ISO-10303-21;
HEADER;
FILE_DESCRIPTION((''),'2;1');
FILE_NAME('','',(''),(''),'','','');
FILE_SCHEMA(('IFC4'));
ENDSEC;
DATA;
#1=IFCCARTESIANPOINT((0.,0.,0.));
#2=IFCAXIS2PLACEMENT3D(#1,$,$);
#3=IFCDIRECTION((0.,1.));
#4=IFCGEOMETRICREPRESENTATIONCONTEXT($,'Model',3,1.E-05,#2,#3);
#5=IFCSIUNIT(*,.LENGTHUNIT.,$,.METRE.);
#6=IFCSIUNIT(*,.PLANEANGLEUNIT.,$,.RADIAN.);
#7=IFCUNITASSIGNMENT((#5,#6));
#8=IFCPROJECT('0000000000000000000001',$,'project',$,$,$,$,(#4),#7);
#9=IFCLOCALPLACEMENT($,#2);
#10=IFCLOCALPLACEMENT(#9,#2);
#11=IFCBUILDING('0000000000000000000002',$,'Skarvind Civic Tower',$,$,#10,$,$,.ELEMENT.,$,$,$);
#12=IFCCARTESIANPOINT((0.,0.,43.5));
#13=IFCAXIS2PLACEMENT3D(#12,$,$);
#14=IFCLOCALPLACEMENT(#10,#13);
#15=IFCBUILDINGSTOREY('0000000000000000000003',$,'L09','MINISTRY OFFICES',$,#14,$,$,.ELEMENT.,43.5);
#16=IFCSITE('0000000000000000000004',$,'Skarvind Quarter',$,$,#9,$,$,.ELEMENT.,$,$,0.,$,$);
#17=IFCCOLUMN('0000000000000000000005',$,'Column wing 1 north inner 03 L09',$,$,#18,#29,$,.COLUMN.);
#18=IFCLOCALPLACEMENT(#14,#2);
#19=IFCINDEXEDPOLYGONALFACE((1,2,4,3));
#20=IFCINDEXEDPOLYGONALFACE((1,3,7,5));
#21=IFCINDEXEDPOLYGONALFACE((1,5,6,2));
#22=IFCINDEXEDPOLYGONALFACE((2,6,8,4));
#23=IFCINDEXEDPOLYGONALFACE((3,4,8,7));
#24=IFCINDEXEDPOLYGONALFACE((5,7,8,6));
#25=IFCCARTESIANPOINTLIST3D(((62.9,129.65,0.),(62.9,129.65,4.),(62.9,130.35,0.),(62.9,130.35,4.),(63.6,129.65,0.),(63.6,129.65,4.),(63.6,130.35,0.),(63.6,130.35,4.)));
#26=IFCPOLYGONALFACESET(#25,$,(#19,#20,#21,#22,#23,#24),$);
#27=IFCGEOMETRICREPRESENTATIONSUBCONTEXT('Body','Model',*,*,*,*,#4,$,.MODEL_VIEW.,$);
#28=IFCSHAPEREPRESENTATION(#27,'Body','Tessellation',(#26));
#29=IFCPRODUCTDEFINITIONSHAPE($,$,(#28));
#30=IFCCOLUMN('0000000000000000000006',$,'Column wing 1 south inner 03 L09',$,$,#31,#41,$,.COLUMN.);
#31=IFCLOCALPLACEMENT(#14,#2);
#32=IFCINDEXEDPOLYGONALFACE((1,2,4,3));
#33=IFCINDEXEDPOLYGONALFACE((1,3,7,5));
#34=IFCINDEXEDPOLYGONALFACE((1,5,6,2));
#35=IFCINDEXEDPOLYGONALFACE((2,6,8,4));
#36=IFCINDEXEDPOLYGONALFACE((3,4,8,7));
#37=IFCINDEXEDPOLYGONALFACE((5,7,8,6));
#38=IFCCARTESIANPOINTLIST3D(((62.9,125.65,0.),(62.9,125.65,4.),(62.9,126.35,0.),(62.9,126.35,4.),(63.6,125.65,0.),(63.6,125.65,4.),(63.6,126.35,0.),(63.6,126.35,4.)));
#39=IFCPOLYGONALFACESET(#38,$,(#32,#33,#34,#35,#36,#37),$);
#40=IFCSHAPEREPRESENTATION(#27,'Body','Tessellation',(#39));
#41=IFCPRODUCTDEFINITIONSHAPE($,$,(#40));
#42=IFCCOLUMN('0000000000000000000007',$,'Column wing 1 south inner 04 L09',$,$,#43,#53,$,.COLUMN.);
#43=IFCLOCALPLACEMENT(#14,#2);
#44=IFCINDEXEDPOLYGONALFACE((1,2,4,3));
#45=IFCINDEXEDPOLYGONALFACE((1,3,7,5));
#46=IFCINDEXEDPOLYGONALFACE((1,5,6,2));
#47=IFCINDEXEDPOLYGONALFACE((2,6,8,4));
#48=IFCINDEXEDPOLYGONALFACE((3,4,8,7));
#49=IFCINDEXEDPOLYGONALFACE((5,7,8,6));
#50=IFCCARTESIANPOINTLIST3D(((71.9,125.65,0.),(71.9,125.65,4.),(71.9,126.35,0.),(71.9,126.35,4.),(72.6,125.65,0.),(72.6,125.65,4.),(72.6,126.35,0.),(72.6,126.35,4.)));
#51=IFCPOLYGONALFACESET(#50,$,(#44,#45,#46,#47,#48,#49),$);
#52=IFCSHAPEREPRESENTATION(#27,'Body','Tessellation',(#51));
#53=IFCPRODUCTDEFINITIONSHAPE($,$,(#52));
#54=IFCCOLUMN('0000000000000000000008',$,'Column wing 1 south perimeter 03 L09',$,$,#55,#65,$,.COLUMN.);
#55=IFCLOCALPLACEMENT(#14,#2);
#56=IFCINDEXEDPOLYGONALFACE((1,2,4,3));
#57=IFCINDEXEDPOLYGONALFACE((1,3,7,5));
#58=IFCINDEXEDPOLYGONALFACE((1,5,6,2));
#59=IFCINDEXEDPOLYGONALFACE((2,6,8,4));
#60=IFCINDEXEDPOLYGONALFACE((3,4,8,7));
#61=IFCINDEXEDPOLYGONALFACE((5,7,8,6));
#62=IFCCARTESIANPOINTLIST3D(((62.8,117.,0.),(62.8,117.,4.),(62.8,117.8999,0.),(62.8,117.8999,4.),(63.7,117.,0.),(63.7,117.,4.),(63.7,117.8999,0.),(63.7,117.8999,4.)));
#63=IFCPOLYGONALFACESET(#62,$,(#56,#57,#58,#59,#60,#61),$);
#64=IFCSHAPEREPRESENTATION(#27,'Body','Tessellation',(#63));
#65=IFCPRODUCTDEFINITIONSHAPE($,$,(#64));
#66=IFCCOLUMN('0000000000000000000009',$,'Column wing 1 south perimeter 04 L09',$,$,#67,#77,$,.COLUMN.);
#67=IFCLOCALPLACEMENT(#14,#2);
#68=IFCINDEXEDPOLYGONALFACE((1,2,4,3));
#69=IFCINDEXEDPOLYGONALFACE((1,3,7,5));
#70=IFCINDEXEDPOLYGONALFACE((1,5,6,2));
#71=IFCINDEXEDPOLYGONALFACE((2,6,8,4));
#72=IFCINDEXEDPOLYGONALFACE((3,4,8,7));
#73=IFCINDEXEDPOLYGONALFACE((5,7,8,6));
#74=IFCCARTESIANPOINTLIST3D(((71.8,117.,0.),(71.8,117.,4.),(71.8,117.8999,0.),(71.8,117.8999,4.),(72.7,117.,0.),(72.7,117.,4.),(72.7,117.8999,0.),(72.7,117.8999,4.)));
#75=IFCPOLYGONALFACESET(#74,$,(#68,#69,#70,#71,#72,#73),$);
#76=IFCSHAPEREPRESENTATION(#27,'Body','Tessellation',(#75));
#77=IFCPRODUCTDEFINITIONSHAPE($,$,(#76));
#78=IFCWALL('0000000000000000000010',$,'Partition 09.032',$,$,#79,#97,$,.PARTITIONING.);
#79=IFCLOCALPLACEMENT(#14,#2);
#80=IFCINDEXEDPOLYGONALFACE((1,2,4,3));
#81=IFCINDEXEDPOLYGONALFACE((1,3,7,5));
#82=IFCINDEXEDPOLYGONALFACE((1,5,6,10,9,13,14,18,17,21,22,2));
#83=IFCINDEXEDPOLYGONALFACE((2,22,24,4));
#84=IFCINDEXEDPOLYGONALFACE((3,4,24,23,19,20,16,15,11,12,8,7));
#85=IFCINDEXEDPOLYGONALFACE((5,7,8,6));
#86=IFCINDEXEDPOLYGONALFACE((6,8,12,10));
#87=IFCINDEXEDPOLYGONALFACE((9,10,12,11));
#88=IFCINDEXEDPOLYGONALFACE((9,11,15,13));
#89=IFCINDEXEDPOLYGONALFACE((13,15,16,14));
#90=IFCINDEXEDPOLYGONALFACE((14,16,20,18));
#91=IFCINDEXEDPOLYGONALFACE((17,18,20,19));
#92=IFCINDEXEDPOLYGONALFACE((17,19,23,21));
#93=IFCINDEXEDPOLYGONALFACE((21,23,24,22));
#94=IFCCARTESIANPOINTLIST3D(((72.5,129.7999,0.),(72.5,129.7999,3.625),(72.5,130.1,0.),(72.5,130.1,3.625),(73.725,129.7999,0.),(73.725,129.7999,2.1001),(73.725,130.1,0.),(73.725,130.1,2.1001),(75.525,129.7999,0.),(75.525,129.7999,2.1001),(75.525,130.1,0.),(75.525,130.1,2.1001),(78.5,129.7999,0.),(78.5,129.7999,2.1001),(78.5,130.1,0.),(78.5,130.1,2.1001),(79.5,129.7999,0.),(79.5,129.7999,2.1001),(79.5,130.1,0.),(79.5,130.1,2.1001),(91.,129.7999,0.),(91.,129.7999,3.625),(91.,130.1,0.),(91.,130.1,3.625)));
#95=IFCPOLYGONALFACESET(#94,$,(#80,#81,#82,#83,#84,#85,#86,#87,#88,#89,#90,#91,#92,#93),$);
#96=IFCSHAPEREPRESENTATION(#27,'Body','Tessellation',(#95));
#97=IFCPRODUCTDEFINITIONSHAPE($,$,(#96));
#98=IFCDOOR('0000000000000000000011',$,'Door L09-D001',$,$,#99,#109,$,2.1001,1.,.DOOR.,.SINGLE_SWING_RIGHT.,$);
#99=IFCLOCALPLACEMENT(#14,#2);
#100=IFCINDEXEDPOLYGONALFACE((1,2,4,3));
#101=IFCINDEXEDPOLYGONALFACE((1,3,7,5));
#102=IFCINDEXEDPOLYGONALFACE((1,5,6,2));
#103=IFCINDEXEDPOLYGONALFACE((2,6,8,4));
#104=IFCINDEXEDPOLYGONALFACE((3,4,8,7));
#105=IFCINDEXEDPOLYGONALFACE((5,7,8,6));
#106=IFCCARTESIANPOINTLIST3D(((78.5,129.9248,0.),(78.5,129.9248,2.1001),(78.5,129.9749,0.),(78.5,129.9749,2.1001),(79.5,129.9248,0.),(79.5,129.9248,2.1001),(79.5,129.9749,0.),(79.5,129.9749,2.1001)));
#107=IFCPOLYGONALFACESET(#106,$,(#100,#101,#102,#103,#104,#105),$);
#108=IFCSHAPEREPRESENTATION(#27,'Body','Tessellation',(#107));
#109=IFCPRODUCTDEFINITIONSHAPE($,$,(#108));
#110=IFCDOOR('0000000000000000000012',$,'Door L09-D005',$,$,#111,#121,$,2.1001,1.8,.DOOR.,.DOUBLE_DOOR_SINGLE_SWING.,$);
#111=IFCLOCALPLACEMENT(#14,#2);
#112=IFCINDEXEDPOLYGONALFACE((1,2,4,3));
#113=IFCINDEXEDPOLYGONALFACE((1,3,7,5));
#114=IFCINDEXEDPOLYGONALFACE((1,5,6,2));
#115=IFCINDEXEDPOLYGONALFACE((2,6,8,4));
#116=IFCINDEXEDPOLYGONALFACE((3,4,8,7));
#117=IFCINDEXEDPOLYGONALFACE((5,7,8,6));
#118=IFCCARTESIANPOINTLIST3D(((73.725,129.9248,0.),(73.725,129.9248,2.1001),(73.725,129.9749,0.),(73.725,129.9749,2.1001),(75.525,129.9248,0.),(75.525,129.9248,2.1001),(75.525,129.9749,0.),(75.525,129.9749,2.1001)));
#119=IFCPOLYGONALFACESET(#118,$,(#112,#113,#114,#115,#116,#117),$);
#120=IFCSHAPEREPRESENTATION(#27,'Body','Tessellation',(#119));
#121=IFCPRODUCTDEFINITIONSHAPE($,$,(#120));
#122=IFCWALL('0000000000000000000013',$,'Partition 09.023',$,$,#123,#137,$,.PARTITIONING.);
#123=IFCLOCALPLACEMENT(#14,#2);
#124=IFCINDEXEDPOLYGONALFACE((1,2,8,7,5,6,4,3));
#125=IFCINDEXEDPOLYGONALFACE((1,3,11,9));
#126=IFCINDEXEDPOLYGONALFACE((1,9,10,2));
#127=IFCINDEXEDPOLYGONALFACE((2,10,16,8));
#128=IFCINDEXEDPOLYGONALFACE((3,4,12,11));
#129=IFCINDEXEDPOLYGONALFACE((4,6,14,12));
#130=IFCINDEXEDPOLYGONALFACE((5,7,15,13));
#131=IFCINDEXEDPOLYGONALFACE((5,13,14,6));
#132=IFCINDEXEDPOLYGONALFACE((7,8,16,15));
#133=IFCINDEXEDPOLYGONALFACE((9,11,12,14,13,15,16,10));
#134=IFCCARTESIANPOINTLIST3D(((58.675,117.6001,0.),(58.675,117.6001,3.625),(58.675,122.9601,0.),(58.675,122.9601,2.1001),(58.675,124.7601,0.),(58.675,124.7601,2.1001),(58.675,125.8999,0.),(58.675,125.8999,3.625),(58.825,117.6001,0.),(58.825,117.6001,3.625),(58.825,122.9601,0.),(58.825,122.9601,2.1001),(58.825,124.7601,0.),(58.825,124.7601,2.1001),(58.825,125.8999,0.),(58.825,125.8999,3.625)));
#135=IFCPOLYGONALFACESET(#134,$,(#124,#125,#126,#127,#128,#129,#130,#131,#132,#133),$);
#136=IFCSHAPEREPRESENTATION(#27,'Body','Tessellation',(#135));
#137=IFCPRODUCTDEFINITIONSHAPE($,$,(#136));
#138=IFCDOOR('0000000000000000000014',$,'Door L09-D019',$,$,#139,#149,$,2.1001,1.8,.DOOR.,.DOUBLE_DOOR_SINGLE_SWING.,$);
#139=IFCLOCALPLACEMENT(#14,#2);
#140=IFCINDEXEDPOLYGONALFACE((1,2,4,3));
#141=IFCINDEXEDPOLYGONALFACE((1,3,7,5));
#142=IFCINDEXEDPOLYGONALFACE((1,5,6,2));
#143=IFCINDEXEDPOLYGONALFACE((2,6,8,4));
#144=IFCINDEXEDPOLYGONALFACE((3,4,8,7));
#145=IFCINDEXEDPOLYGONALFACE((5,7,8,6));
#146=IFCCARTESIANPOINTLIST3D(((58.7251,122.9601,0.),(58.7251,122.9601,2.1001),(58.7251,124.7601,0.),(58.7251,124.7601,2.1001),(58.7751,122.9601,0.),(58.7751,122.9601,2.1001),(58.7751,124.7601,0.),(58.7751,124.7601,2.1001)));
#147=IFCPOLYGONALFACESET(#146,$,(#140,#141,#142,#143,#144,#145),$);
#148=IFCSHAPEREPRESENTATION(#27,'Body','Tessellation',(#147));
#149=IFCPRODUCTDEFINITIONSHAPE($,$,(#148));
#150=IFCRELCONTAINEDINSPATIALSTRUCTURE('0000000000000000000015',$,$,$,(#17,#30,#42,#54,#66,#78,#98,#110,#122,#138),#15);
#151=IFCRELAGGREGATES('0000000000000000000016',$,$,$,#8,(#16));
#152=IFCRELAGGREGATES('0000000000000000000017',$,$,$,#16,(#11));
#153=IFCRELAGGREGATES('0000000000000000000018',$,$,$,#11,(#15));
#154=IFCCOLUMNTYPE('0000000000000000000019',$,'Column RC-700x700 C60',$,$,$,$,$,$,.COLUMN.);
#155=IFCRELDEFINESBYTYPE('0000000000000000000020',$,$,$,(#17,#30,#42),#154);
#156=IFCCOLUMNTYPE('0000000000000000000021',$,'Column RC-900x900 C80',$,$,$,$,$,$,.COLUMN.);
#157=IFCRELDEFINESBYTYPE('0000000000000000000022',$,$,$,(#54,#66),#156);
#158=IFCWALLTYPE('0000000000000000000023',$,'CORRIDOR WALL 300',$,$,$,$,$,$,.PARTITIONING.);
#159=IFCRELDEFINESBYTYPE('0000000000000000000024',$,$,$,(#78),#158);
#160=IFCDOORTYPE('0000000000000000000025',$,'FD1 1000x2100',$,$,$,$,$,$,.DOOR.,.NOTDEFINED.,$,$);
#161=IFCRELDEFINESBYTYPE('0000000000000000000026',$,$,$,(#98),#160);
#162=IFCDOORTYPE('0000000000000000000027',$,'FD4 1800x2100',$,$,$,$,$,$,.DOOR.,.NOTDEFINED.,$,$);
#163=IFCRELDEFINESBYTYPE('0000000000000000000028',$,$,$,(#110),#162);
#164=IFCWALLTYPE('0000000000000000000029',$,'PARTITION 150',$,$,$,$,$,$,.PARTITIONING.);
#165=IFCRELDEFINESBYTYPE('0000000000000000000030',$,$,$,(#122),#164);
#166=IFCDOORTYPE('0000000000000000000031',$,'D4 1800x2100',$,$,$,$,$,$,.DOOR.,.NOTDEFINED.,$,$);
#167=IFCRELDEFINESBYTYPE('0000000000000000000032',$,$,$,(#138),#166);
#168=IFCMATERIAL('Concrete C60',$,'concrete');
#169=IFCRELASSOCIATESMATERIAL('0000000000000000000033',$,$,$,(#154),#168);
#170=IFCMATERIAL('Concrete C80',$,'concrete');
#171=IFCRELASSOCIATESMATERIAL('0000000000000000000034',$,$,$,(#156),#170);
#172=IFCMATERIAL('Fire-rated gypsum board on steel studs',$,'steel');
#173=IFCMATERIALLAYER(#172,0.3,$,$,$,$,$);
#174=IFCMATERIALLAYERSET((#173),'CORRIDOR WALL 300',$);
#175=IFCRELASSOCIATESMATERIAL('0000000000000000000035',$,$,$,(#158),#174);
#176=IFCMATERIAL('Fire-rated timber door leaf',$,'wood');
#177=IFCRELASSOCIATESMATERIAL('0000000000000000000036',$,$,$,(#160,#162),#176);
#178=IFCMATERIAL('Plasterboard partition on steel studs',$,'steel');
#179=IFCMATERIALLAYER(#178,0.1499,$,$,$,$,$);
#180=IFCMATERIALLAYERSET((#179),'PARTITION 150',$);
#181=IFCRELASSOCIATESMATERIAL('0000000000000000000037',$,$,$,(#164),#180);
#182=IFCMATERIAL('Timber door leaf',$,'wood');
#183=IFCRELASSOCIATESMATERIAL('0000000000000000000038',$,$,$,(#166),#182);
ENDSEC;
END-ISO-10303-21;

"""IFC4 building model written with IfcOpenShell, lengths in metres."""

from ifc_helpers import new_model, si_unit, direction, frame, frame_2d, origin, origin_2d, place, context, subcontext, project, spatial, rectangle, extrude, material, layer, layer_set, material_profile, profile_set, type_object, element, fill, save


model = new_model("IFC4")

# Units and contexts
model_context = context("Model", 3, precision=1e-05, world=origin(), true_north=direction((0.0, 1.0)))
body_context = subcontext(model_context, "Body", "Model", "MODEL_VIEW")
ifc_project = project(units=[si_unit("LENGTHUNIT", "METRE"), si_unit("PLANEANGLEUNIT", "RADIAN")], contexts=[model_context])

# Site, building, storey
site_placement = place(None, origin())
site = spatial("IfcSite", under=ifc_project, at=site_placement, Name="Skarvind Quarter", CompositionType="ELEMENT", RefElevation=0.0)
building_placement = place(site_placement, origin())
building = spatial("IfcBuilding", under=site, at=building_placement, Name="Skarvind Civic Tower", CompositionType="ELEMENT")
storey_placement = place(building_placement, frame((0.0, 0.0, 43.5)))
storey = spatial("IfcBuildingStorey", under=building, at=storey_placement, Name="L09", Description="MINISTRY OFFICES", CompositionType="ELEMENT", Elevation=43.5)

# Columns
ifc_material_1 = material(Name="Concrete C60", Category="concrete")
ifc_material_profile_1 = material_profile(ifc_material_1, rectangle(XDim=0.7, YDim=0.7, at=origin_2d()), Name="RC-700x700")
ifc_profile_set_1 = profile_set([ifc_material_profile_1], Name="Concrete C60")
column_type_1 = type_object("IfcColumnType", Name="Column RC-700x700 C60", PredefinedType="COLUMN", material=ifc_profile_set_1)
for number, where, z_axis, x_axis, name in (
    (1, (63.25, 130.0, 0.0), (0.0, 0.0, 1.0), (1.0, 0.0, 0.0), "Column wing 1 north inner 03 L09"),
    (2, (63.25, 126.0, 0.0), (0.0, 0.0, 1.0), (1.0, 0.0, 0.0), "Column wing 1 south inner 03 L09"),
    (3, (72.25, 126.0, 0.0), (0.0, 0.0, 1.0), (1.0, 0.0, 0.0), "Column wing 1 south inner 04 L09"),
):
    element("IfcColumn", number, at=place(storey_placement, frame(where, z_axis=z_axis, x_axis=x_axis)), inside=storey, type_object=column_type_1, Name=name, PredefinedType="COLUMN", context=body_context, shape_type="SweptSolid", body=[
        extrude(rectangle(XDim=0.7, YDim=0.7, at=origin_2d()), origin(), (0.0, 0.0, 1.0), 4.0),
    ])
ifc_material_2 = material(Name="Concrete C80", Category="concrete")
ifc_material_profile_2 = material_profile(ifc_material_2, rectangle(XDim=0.8999, YDim=0.8999, at=origin_2d()), Name="RC-900x900")
ifc_profile_set_2 = profile_set([ifc_material_profile_2], Name="Concrete C80")
column_type_2 = type_object("IfcColumnType", Name="Column RC-900x900 C80", PredefinedType="COLUMN", material=ifc_profile_set_2)
for number, where, z_axis, x_axis, name in (
    (4, (63.25, 117.45, 0.0), (0.0, 0.0, 1.0), (1.0, 0.0, 0.0), "Column wing 1 south perimeter 03 L09"),
    (5, (72.25, 117.45, 0.0), (0.0, 0.0, 1.0), (1.0, 0.0, 0.0), "Column wing 1 south perimeter 04 L09"),
):
    element("IfcColumn", number, at=place(storey_placement, frame(where, z_axis=z_axis, x_axis=x_axis)), inside=storey, type_object=column_type_2, Name=name, PredefinedType="COLUMN", context=body_context, shape_type="SweptSolid", body=[
        extrude(rectangle(XDim=0.8999, YDim=0.8999, at=origin_2d()), origin(), (0.0, 0.0, 1.0), 4.0),
    ])

# Wall, openings, doors
ifc_material_3 = material(Name="Fire-rated gypsum board on steel studs", Category="steel")
ifc_layer_1 = layer(ifc_material_3, 0.3)
ifc_layer_set_1 = layer_set([ifc_layer_1], Name="CORRIDOR WALL 300")
wall_type_1 = type_object("IfcWallType", Name="CORRIDOR WALL 300", PredefinedType="PARTITIONING", material=ifc_layer_set_1)
wall_1_placement = place(storey_placement, frame((72.5, 129.95, 0.0), z_axis=(0.0, 0.0, 1.0), x_axis=(1.0, 0.0, 0.0)))
wall_1 = element("IfcWall", 6, at=wall_1_placement, inside=storey, type_object=wall_type_1, Name="Partition 09.032", PredefinedType="PARTITIONING", context=body_context, shape_type="SweptSolid", body=[
    extrude(rectangle(XDim=18.5, YDim=0.3, at=frame_2d((9.25, 0.0))), origin(), (0.0, 0.0, 1.0), 3.625),
])
opening_1_placement = place(wall_1_placement, frame((6.0, 0.0, 0.0)))
opening_1 = element("IfcOpeningElement", 7, at=opening_1_placement, cuts=wall_1, PredefinedType="OPENING", context=body_context, shape_type="SweptSolid", body=[
    extrude(rectangle(XDim=1.0, YDim=2.1001, at=frame_2d((0.5, 1.05))), frame((0.0, 0.1599, 0.0), z_axis=(0.0, -1.0, 0.0), x_axis=(1.0, 0.0, 0.0)), (0.0, 0.0, 1.0), 0.3201),
])
opening_2_placement = place(wall_1_placement, frame((1.2251, 0.0, 0.0)))
opening_2 = element("IfcOpeningElement", 8, at=opening_2_placement, cuts=wall_1, PredefinedType="OPENING", context=body_context, shape_type="SweptSolid", body=[
    extrude(rectangle(XDim=1.8, YDim=2.1001, at=frame_2d((0.8999, 1.05))), frame((0.0, 0.1599, 0.0), z_axis=(0.0, -1.0, 0.0), x_axis=(1.0, 0.0, 0.0)), (0.0, 0.0, 1.0), 0.3201),
])
ifc_material_4 = material(Name="Fire-rated timber door leaf", Category="wood")
door_type_1 = type_object("IfcDoorType", Name="FD1 1000x2100", OperationType="NOTDEFINED", PredefinedType="DOOR", material=ifc_material_4)
door_1_placement = place(opening_1_placement, origin())
door_1 = element("IfcDoor", 9, at=door_1_placement, inside=storey, type_object=door_type_1, Name="Door L09-D001", OperationType="SINGLE_SWING_RIGHT", OverallHeight=2.1001, OverallWidth=1.0, PredefinedType="DOOR", context=body_context, shape_type="SweptSolid", body=[
    extrude(rectangle(XDim=1.0, YDim=2.1001, at=frame_2d((0.5, 1.05))), frame((0.0, 0.0249, 0.0), z_axis=(0.0, -1.0, 0.0), x_axis=(1.0, 0.0, 0.0)), (0.0, 0.0, 1.0), 0.05),
])
fill(opening_1, door_1)
door_type_2 = type_object("IfcDoorType", Name="FD4 1800x2100", OperationType="NOTDEFINED", PredefinedType="DOOR", material=ifc_material_4)
door_2_placement = place(opening_2_placement, origin())
door_2 = element("IfcDoor", 10, at=door_2_placement, inside=storey, type_object=door_type_2, Name="Door L09-D005", OperationType="DOUBLE_DOOR_SINGLE_SWING", OverallHeight=2.1001, OverallWidth=1.8, PredefinedType="DOOR", context=body_context, shape_type="SweptSolid", body=[
    extrude(rectangle(XDim=1.8, YDim=2.1001, at=frame_2d((0.8999, 1.05))), frame((0.0, 0.0249, 0.0), z_axis=(0.0, -1.0, 0.0), x_axis=(1.0, 0.0, 0.0)), (0.0, 0.0, 1.0), 0.05),
])
fill(opening_2, door_2)

# Wall, opening, door
ifc_material_5 = material(Name="Plasterboard partition on steel studs", Category="steel")
ifc_layer_2 = layer(ifc_material_5, 0.1499)
ifc_layer_set_2 = layer_set([ifc_layer_2], Name="PARTITION 150")
wall_type_2 = type_object("IfcWallType", Name="PARTITION 150", PredefinedType="PARTITIONING", material=ifc_layer_set_2)
wall_2_placement = place(storey_placement, frame((58.75, 117.6001, 0.0), z_axis=(0.0, 0.0, 1.0), x_axis=(0.0, 1.0, 0.0)))
wall_2 = element("IfcWall", 11, at=wall_2_placement, inside=storey, type_object=wall_type_2, Name="Partition 09.023", PredefinedType="PARTITIONING", context=body_context, shape_type="SweptSolid", body=[
    extrude(rectangle(XDim=8.2998, YDim=0.1499, at=frame_2d((4.1499, 0.0))), origin(), (0.0, 0.0, 1.0), 3.625),
])
opening_3_placement = place(wall_2_placement, frame((5.3601, 0.0, 0.0)))
opening_3 = element("IfcOpeningElement", 12, at=opening_3_placement, cuts=wall_2, PredefinedType="OPENING", context=body_context, shape_type="SweptSolid", body=[
    extrude(rectangle(XDim=1.8, YDim=2.1001, at=frame_2d((0.8999, 1.05))), frame((0.0, 0.085, 0.0), z_axis=(0.0, -1.0, 0.0), x_axis=(1.0, 0.0, 0.0)), (0.0, 0.0, 1.0), 0.1699),
])
ifc_material_6 = material(Name="Timber door leaf", Category="wood")
door_type_3 = type_object("IfcDoorType", Name="D4 1800x2100", OperationType="NOTDEFINED", PredefinedType="DOOR", material=ifc_material_6)
door_3_placement = place(opening_3_placement, origin())
door_3 = element("IfcDoor", 13, at=door_3_placement, inside=storey, type_object=door_type_3, Name="Door L09-D019", OperationType="DOUBLE_DOOR_SINGLE_SWING", OverallHeight=2.1001, OverallWidth=1.8, PredefinedType="DOOR", context=body_context, shape_type="SweptSolid", body=[
    extrude(rectangle(XDim=1.8, YDim=2.1001, at=frame_2d((0.8999, 1.05))), frame((0.0, 0.0249, 0.0), z_axis=(0.0, -1.0, 0.0), x_axis=(1.0, 0.0, 0.0)), (0.0, 0.0, 1.0), 0.05),
])
fill(opening_3, door_3)

save(model, "model.ifc")
